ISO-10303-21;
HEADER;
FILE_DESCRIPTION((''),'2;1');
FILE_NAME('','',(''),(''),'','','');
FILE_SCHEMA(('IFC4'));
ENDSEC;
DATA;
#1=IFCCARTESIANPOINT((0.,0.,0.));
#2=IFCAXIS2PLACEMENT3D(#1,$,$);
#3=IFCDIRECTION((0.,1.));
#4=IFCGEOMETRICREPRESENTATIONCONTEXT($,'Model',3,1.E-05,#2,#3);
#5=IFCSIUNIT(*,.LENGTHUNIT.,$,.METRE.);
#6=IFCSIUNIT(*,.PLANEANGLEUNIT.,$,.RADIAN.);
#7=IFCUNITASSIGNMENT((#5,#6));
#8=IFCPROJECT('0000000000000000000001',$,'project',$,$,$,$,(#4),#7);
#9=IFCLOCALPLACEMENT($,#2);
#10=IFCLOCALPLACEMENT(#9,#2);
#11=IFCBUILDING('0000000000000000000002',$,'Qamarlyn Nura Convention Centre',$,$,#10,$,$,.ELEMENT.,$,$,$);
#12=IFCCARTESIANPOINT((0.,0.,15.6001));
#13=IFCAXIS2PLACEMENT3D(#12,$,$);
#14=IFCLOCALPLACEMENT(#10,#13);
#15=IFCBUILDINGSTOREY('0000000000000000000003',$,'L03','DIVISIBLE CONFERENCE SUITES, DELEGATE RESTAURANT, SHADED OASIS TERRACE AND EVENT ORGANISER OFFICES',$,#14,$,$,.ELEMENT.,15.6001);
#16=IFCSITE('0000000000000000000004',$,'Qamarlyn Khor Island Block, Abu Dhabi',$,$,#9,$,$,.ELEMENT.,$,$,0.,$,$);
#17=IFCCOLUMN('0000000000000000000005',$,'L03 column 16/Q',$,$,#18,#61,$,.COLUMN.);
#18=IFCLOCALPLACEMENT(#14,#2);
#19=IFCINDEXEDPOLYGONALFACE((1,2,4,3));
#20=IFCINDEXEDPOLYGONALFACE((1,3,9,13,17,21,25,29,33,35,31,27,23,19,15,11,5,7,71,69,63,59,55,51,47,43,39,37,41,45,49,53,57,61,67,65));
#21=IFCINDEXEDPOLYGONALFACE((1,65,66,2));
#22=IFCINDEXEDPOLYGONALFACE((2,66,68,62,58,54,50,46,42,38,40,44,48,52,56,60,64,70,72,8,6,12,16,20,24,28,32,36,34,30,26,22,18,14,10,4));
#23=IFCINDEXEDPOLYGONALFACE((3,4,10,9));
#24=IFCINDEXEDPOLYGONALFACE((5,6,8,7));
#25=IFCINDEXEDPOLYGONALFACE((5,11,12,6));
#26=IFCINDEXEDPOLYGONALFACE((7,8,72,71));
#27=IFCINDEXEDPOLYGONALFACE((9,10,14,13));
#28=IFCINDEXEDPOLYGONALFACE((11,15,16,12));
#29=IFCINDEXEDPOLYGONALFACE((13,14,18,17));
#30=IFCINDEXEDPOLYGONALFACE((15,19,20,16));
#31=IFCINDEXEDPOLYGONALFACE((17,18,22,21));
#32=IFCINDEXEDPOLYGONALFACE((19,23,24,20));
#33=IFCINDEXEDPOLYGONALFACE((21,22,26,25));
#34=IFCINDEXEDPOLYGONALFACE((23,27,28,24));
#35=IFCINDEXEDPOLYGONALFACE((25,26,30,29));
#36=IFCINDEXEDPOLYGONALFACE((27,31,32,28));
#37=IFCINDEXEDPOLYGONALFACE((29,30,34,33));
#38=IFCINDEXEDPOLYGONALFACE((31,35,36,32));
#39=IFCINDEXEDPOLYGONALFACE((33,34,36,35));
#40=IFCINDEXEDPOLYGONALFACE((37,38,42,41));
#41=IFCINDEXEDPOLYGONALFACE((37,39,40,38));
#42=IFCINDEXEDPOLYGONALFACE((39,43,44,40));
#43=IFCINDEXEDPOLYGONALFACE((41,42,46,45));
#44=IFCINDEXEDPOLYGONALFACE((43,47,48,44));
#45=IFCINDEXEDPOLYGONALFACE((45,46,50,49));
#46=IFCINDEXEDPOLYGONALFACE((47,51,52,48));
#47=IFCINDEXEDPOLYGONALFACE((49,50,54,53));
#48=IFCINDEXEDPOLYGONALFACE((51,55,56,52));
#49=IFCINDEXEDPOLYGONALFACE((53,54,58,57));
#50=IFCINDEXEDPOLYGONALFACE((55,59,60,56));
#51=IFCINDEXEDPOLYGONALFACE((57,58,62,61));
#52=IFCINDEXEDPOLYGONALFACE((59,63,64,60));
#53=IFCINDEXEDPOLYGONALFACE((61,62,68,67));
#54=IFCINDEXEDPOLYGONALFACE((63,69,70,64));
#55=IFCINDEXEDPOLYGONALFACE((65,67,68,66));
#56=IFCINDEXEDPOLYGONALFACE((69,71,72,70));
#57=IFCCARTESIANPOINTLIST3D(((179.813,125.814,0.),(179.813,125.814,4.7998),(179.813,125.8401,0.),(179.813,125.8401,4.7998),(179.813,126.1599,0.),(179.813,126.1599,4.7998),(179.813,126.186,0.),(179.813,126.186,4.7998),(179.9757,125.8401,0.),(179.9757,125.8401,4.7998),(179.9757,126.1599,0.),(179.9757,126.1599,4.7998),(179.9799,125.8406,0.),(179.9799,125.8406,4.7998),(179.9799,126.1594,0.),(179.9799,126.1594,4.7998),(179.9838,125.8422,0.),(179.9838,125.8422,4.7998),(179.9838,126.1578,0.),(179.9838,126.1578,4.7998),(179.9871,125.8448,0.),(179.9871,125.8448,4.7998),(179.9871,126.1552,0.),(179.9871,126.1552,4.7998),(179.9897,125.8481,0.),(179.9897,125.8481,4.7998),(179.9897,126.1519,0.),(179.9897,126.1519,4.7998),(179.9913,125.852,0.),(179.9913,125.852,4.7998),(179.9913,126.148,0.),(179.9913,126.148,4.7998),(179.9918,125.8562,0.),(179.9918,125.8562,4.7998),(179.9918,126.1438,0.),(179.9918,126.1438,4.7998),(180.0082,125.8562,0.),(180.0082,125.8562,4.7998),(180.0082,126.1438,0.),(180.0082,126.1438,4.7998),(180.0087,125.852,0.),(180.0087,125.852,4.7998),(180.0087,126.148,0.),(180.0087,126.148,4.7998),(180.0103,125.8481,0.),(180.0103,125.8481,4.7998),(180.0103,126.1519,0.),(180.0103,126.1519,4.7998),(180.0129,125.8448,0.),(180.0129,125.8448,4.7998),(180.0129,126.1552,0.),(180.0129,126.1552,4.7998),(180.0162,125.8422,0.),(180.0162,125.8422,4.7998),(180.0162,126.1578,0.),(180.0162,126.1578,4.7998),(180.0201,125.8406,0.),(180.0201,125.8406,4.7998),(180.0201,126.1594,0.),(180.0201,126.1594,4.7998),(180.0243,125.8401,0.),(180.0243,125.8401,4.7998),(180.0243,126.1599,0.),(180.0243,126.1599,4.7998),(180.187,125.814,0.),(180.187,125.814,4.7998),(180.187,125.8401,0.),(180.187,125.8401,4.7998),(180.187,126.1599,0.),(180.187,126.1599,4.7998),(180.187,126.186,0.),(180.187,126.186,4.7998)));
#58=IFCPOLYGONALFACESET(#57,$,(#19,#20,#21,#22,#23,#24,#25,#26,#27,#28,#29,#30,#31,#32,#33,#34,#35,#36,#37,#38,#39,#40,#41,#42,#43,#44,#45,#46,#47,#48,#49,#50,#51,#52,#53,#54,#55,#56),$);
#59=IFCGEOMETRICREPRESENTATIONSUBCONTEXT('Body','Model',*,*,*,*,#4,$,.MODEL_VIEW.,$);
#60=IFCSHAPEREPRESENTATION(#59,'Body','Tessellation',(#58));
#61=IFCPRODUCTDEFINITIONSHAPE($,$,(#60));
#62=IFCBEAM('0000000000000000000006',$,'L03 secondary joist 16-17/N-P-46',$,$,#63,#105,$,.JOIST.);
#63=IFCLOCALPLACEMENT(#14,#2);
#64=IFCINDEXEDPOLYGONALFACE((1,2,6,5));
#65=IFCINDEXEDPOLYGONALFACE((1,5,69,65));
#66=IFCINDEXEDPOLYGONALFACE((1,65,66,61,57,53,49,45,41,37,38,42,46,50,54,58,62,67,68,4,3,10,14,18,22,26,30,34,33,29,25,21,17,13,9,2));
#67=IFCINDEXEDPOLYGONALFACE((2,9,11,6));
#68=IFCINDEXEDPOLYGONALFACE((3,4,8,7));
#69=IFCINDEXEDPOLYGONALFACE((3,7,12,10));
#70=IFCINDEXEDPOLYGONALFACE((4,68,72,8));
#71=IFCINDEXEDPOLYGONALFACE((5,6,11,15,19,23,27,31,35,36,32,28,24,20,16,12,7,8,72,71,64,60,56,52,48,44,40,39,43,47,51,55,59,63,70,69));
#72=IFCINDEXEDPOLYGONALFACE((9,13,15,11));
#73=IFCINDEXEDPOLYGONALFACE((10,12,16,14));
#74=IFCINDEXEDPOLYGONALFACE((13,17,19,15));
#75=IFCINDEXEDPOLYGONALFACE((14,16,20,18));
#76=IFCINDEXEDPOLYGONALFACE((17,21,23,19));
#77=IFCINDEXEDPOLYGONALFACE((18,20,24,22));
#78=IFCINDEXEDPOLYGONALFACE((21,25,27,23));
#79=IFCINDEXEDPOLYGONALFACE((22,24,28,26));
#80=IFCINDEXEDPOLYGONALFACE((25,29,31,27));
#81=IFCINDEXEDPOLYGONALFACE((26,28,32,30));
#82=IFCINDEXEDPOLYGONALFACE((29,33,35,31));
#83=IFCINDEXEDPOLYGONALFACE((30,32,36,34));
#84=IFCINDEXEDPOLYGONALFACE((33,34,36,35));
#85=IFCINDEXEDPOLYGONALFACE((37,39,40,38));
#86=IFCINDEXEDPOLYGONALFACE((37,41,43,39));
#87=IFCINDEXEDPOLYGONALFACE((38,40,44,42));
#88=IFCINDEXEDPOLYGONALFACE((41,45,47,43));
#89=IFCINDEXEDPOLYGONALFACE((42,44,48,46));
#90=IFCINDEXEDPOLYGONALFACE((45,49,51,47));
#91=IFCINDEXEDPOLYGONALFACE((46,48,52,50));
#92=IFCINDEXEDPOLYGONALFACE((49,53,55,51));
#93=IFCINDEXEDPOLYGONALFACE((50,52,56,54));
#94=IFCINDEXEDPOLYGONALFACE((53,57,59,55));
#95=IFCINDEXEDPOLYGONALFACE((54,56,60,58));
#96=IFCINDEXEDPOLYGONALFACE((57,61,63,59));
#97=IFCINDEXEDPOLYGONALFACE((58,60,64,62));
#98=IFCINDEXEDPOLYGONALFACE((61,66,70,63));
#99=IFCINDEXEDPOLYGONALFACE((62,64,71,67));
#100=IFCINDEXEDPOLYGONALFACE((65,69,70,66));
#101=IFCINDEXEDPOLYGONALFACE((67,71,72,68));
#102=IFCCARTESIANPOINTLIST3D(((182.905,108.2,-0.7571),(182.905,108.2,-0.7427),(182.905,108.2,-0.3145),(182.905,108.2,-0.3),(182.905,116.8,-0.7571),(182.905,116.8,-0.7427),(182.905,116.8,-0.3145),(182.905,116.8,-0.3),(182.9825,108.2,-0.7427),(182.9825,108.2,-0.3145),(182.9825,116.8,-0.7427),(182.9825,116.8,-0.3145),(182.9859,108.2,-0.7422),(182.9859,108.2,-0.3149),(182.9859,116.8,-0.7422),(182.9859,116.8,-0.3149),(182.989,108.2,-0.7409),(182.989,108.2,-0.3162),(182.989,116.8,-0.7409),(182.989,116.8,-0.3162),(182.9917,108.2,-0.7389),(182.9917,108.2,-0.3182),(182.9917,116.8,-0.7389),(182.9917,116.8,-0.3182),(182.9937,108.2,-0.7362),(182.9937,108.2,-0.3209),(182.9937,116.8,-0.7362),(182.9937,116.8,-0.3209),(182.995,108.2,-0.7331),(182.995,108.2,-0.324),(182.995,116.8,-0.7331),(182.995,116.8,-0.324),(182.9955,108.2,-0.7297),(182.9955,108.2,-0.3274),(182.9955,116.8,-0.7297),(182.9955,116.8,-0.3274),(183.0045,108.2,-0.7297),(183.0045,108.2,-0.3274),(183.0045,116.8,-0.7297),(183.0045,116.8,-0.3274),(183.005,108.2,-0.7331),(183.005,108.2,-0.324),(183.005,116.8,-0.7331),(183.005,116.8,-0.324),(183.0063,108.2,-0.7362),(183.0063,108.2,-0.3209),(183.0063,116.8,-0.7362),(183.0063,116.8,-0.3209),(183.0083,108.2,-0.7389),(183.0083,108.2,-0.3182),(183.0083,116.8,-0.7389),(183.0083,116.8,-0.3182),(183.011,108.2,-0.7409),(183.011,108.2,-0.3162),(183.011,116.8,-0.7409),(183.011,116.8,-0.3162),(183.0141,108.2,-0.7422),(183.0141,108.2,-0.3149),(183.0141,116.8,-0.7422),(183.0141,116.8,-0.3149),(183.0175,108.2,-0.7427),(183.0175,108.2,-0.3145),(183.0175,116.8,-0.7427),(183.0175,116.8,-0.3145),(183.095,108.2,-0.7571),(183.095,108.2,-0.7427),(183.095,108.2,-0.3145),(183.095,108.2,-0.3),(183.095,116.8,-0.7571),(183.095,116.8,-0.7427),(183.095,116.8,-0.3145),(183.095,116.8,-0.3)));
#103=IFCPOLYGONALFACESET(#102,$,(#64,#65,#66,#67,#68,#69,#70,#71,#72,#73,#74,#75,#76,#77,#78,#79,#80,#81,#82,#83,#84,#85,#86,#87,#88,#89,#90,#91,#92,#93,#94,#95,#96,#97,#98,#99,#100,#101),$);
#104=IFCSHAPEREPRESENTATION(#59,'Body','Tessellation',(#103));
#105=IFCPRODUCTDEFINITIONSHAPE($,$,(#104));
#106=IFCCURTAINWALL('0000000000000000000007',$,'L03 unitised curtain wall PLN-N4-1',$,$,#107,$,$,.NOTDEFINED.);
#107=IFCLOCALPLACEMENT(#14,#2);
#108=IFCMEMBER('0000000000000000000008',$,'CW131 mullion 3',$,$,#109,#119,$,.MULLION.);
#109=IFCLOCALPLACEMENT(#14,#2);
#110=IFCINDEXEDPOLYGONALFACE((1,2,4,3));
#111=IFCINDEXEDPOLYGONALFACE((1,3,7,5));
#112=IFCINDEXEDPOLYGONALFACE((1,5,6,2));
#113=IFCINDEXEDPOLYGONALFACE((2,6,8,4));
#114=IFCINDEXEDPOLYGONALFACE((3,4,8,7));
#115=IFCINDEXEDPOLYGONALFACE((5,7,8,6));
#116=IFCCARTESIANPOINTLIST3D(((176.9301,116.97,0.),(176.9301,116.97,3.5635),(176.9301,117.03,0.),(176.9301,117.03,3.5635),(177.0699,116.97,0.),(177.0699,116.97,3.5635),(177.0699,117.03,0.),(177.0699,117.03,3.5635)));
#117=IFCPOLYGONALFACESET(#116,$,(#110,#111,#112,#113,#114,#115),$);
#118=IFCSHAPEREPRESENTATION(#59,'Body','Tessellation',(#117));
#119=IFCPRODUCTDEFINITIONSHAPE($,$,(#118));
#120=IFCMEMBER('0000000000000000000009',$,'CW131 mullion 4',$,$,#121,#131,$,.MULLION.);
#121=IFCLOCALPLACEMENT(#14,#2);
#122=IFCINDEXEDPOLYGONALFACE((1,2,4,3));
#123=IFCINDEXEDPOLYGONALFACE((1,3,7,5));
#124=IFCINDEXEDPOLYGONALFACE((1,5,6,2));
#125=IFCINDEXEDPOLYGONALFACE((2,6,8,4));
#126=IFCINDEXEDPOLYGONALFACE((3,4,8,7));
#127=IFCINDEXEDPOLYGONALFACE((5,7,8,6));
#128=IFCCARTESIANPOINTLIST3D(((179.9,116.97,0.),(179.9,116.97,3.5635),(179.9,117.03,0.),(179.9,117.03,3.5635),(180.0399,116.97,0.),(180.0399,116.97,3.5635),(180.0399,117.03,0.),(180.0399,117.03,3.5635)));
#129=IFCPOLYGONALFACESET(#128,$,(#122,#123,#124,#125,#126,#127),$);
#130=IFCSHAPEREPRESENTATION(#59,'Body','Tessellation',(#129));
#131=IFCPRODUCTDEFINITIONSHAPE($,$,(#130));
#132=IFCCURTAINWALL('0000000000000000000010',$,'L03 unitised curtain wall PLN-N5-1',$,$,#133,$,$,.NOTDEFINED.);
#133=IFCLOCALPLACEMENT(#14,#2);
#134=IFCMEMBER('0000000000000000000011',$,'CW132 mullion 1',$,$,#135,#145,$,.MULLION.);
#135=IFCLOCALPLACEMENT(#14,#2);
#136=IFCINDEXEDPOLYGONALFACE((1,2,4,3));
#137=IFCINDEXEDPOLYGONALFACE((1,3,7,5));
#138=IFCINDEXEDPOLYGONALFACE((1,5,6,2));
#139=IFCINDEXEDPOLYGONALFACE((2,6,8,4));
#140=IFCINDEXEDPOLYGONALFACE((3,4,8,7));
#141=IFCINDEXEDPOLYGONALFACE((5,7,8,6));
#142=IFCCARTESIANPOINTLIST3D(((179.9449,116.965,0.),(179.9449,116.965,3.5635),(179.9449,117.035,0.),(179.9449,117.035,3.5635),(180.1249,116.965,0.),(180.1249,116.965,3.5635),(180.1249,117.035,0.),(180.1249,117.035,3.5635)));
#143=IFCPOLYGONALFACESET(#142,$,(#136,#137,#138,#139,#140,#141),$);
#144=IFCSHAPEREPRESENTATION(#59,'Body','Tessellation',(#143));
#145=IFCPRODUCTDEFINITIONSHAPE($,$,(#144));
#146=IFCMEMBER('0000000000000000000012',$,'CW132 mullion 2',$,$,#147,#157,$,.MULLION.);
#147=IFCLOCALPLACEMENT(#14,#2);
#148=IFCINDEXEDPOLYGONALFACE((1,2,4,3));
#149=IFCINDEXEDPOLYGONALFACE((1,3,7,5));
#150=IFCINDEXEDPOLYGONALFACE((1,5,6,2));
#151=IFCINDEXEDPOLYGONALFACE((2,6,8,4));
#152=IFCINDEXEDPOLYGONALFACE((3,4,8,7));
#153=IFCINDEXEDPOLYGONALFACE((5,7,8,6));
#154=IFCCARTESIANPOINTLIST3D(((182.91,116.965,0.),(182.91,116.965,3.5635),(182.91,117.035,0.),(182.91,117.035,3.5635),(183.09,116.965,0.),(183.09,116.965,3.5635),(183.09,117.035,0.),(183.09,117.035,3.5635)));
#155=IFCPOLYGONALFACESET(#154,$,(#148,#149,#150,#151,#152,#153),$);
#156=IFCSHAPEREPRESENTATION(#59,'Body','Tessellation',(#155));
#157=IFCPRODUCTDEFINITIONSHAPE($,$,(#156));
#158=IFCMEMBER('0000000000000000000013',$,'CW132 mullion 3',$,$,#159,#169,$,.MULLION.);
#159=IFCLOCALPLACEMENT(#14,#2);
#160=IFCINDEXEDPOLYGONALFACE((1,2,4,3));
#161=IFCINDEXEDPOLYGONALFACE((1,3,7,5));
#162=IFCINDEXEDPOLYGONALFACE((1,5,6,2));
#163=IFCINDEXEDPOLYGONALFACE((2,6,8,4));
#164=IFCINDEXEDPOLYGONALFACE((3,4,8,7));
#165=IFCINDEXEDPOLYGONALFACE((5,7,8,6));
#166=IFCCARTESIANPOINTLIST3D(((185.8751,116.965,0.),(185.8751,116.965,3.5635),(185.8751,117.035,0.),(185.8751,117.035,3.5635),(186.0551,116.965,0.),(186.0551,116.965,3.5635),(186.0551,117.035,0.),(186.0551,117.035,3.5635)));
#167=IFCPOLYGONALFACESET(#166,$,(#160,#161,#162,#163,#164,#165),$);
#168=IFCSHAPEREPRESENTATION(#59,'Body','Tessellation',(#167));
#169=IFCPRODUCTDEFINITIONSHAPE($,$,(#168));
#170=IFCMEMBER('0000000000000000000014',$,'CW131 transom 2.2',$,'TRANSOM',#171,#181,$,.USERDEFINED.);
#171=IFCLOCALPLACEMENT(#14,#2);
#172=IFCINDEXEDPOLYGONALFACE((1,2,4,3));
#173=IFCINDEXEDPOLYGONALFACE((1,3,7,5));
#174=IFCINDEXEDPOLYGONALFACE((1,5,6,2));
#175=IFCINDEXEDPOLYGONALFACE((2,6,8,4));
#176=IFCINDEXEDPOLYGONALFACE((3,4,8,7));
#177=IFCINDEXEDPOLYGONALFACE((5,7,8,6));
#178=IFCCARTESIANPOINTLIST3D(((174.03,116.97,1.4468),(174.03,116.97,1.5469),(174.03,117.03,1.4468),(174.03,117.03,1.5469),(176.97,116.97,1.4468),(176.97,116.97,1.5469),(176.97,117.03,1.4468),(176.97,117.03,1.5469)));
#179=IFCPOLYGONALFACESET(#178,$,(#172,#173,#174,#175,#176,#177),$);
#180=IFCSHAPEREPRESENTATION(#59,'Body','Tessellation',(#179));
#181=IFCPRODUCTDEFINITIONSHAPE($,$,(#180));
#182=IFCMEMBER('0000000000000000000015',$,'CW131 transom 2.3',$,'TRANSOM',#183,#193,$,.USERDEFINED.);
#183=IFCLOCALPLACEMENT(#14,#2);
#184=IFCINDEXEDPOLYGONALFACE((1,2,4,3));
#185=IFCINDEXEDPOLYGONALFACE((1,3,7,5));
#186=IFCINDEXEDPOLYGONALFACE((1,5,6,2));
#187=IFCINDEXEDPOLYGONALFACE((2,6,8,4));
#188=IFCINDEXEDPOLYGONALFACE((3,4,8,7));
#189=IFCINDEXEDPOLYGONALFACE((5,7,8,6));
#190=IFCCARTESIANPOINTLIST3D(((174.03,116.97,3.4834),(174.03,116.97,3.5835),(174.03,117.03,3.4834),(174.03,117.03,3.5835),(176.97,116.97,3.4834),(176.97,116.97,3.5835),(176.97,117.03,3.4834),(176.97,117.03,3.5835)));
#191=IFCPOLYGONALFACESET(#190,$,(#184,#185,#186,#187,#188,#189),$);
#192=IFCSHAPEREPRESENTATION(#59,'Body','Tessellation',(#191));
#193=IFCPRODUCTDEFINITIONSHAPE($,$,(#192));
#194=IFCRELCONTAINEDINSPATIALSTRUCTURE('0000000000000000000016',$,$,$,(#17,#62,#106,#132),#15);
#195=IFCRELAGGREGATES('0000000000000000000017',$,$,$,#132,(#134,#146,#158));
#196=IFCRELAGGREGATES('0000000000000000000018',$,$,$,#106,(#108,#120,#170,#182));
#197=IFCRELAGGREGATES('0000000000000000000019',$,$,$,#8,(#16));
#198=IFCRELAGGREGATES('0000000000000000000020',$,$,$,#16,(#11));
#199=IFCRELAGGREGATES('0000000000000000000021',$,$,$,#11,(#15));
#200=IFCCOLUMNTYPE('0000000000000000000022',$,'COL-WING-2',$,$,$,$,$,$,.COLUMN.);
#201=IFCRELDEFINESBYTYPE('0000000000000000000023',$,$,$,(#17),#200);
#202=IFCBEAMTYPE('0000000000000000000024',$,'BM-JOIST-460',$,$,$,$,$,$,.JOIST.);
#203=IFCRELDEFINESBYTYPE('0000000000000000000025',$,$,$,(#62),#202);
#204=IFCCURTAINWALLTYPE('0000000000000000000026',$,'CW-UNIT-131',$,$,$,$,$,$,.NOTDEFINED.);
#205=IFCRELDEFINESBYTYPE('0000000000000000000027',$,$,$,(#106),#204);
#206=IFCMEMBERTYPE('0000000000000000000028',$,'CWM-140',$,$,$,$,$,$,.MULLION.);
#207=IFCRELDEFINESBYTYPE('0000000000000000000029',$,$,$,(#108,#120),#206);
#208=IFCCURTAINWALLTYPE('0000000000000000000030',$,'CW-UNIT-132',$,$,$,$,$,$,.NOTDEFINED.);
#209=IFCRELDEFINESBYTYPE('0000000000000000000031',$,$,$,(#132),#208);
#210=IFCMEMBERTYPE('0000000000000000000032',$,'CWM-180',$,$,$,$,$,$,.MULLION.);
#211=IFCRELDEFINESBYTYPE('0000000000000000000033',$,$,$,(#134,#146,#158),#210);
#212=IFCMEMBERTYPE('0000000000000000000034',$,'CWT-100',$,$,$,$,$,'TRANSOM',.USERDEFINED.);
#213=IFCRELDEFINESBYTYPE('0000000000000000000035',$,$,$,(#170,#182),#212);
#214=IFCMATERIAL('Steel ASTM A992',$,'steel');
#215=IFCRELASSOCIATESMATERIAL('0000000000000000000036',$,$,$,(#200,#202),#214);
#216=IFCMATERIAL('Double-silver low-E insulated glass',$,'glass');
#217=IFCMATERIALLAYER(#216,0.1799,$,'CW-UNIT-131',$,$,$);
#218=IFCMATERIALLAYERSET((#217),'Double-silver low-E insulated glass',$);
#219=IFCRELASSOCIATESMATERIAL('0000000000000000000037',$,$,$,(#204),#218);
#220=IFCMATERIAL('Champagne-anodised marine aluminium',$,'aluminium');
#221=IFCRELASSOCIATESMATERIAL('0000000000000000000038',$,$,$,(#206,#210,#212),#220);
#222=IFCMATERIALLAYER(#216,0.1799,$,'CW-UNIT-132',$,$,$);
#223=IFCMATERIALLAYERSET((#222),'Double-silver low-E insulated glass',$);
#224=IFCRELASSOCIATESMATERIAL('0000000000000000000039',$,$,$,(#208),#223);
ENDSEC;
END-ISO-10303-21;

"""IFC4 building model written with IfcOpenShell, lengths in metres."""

from ifc_helpers import new_model, si_unit, direction, frame, origin, origin_2d, place, context, subcontext, project, spatial, rectangle, i_section, extrude, material, layer, layer_set, material_profile, profile_set, type_object, element, aggregate, save


model = new_model("IFC4")

# Units and contexts
model_context = context("Model", 3, precision=1e-05, world=origin(), true_north=direction((0.0, 1.0)))
body_context = subcontext(model_context, "Body", "Model", "MODEL_VIEW")
ifc_project = project(units=[si_unit("LENGTHUNIT", "METRE"), si_unit("PLANEANGLEUNIT", "RADIAN")], contexts=[model_context])

# Site, building, storey
site_placement = place(None, origin())
site = spatial("IfcSite", under=ifc_project, at=site_placement, Name="Qamarlyn Khor Island Block, Abu Dhabi", CompositionType="ELEMENT", RefElevation=0.0)
building_placement = place(site_placement, origin())
building = spatial("IfcBuilding", under=site, at=building_placement, Name="Qamarlyn Nura Convention Centre", CompositionType="ELEMENT")
storey_placement = place(building_placement, frame((0.0, 0.0, 15.6001)))
storey = spatial("IfcBuildingStorey", under=building, at=storey_placement, Name="L03", Description="DIVISIBLE CONFERENCE SUITES, DELEGATE RESTAURANT, SHADED OASIS TERRACE AND EVENT ORGANISER OFFICES", CompositionType="ELEMENT", Elevation=15.6001)

# Column
ifc_material_1 = material(Name="Steel ASTM A992", Category="steel")
ifc_material_profile_1 = material_profile(ifc_material_1, i_section(OverallWidth=0.374, OverallDepth=0.3721, WebThickness=0.0164, FlangeThickness=0.0261, FilletRadius=0.0161, at=origin_2d()), Name="W360X196")
ifc_profile_set_1 = profile_set([ifc_material_profile_1], Name="Steel ASTM A992")
column_type = type_object("IfcColumnType", Name="COL-WING-2", PredefinedType="COLUMN", material=ifc_profile_set_1)
column_placement = place(storey_placement, frame((180.0, 126.0, 0.0), z_axis=(0.0, 0.0, 1.0), x_axis=(1.0, 0.0, 0.0)))
element("IfcColumn", 1, at=column_placement, inside=storey, type_object=column_type, Name="L03 column 16/Q", PredefinedType="COLUMN", context=body_context, shape_type="SweptSolid", body=[
    extrude(i_section(OverallWidth=0.374, OverallDepth=0.3721, WebThickness=0.0164, FlangeThickness=0.0261, FilletRadius=0.0161, at=origin_2d()), origin(), (0.0, 0.0, 1.0), 4.7998),
])

# Beam
ifc_material_profile_2 = material_profile(ifc_material_1, i_section(OverallWidth=0.1899, OverallDepth=0.457, WebThickness=0.009, FlangeThickness=0.0144, FilletRadius=0.0129, at=origin_2d()), Name="W460X74")
ifc_profile_set_2 = profile_set([ifc_material_profile_2], Name="Steel ASTM A992")
beam_type = type_object("IfcBeamType", Name="BM-JOIST-460", PredefinedType="JOIST", material=ifc_profile_set_2)
beam_placement = place(storey_placement, frame((183.0, 108.2, -0.5286), z_axis=(0.0, 1.0, 0.0), x_axis=(-1.0, 0.0, 0.0)))
element("IfcBeam", 2, at=beam_placement, inside=storey, type_object=beam_type, Name="L03 secondary joist 16-17/N-P-46", PredefinedType="JOIST", context=body_context, shape_type="SweptSolid", body=[
    extrude(i_section(OverallWidth=0.1899, OverallDepth=0.457, WebThickness=0.009, FlangeThickness=0.0144, FilletRadius=0.0129, at=origin_2d()), origin(), (0.0, 0.0, 1.0), 8.6001),
])

# Curtain walls, members
ifc_material_2 = material(Name="Double-silver low-E insulated glass", Category="glass")
ifc_layer_1 = layer(ifc_material_2, 0.1799, Name="CW-UNIT-131")
ifc_layer_set_1 = layer_set([ifc_layer_1], Name="Double-silver low-E insulated glass")
curtain_wall_type_1 = type_object("IfcCurtainWallType", Name="CW-UNIT-131", PredefinedType="NOTDEFINED", material=ifc_layer_set_1)
curtain_wall_1_placement = place(storey_placement, origin())
curtain_wall_1 = element("IfcCurtainWall", 3, at=curtain_wall_1_placement, inside=storey, type_object=curtain_wall_type_1, Name="L03 unitised curtain wall PLN-N4-1", PredefinedType="NOTDEFINED")
ifc_material_3 = material(Name="Champagne-anodised marine aluminium", Category="aluminium")
ifc_material_profile_3 = material_profile(ifc_material_3, rectangle(XDim=0.0601, YDim=0.1399, at=origin_2d()), Name="ALU MULLION 60x140")
ifc_profile_set_3 = profile_set([ifc_material_profile_3], Name="Champagne-anodised marine aluminium")
member_type_1 = type_object("IfcMemberType", Name="CWM-140", PredefinedType="MULLION", material=ifc_profile_set_3)
member_1_placement = place(storey_placement, frame((177.0, 117.0, 0.0), z_axis=(0.0, 0.0, 1.0), x_axis=(0.0, 1.0, 0.0)))
member_1 = element("IfcMember", 4, at=member_1_placement, type_object=member_type_1, Name="CW131 mullion 3", PredefinedType="MULLION", context=body_context, shape_type="SweptSolid", body=[
    extrude(rectangle(XDim=0.0601, YDim=0.1399, at=origin_2d()), origin(), (0.0, 0.0, 1.0), 3.5635),
])
member_2_placement = place(storey_placement, frame((179.97, 117.0, 0.0), z_axis=(0.0, 0.0, 1.0), x_axis=(0.0, 1.0, 0.0)))
member_2 = element("IfcMember", 5, at=member_2_placement, type_object=member_type_1, Name="CW131 mullion 4", PredefinedType="MULLION", context=body_context, shape_type="SweptSolid", body=[
    extrude(rectangle(XDim=0.0601, YDim=0.1399, at=origin_2d()), origin(), (0.0, 0.0, 1.0), 3.5635),
])
ifc_layer_2 = layer(ifc_material_2, 0.1799, Name="CW-UNIT-132")
ifc_layer_set_2 = layer_set([ifc_layer_2], Name="Double-silver low-E insulated glass")
curtain_wall_type_2 = type_object("IfcCurtainWallType", Name="CW-UNIT-132", PredefinedType="NOTDEFINED", material=ifc_layer_set_2)
curtain_wall_2_placement = place(storey_placement, origin())
curtain_wall_2 = element("IfcCurtainWall", 6, at=curtain_wall_2_placement, inside=storey, type_object=curtain_wall_type_2, Name="L03 unitised curtain wall PLN-N5-1", PredefinedType="NOTDEFINED")
ifc_material_profile_4 = material_profile(ifc_material_3, rectangle(XDim=0.0701, YDim=0.1799, at=origin_2d()), Name="ALU MULLION 70x180")
ifc_profile_set_4 = profile_set([ifc_material_profile_4], Name="Champagne-anodised marine aluminium")
member_type_2 = type_object("IfcMemberType", Name="CWM-180", PredefinedType="MULLION", material=ifc_profile_set_4)
member_3_placement = place(storey_placement, frame((180.0349, 117.0, 0.0), z_axis=(0.0, 0.0, 1.0), x_axis=(0.0, 1.0, 0.0)))
member_3 = element("IfcMember", 7, at=member_3_placement, type_object=member_type_2, Name="CW132 mullion 1", PredefinedType="MULLION", context=body_context, shape_type="SweptSolid", body=[
    extrude(rectangle(XDim=0.0701, YDim=0.1799, at=origin_2d()), origin(), (0.0, 0.0, 1.0), 3.5635),
])
member_4_placement = place(storey_placement, frame((183.0, 117.0, 0.0), z_axis=(0.0, 0.0, 1.0), x_axis=(0.0, 1.0, 0.0)))
member_4 = element("IfcMember", 8, at=member_4_placement, type_object=member_type_2, Name="CW132 mullion 2", PredefinedType="MULLION", context=body_context, shape_type="SweptSolid", body=[
    extrude(rectangle(XDim=0.0701, YDim=0.1799, at=origin_2d()), origin(), (0.0, 0.0, 1.0), 3.5635),
])
member_5_placement = place(storey_placement, frame((185.9651, 117.0, 0.0), z_axis=(0.0, 0.0, 1.0), x_axis=(0.0, 1.0, 0.0)))
member_5 = element("IfcMember", 9, at=member_5_placement, type_object=member_type_2, Name="CW132 mullion 3", PredefinedType="MULLION", context=body_context, shape_type="SweptSolid", body=[
    extrude(rectangle(XDim=0.0701, YDim=0.1799, at=origin_2d()), origin(), (0.0, 0.0, 1.0), 3.5635),
])

# Members
ifc_material_profile_5 = material_profile(ifc_material_3, rectangle(XDim=0.0601, YDim=0.1001, at=origin_2d()), Name="ALU TRANSOM 60x100")
ifc_profile_set_5 = profile_set([ifc_material_profile_5], Name="Champagne-anodised marine aluminium")
member_type_3 = type_object("IfcMemberType", Name="CWT-100", ElementType="TRANSOM", PredefinedType="USERDEFINED", material=ifc_profile_set_5)
member_6_placement = place(storey_placement, frame((174.03, 117.0, 1.4968), z_axis=(1.0, 0.0, 0.0), x_axis=(0.0, 1.0, 0.0)))
member_6 = element("IfcMember", 10, at=member_6_placement, type_object=member_type_3, Name="CW131 transom 2.2", ObjectType="TRANSOM", PredefinedType="USERDEFINED", context=body_context, shape_type="SweptSolid", body=[
    extrude(rectangle(XDim=0.0601, YDim=0.1001, at=origin_2d()), origin(), (0.0, 0.0, 1.0), 2.9399),
])
member_7_placement = place(storey_placement, frame((174.03, 117.0, 3.5334), z_axis=(1.0, 0.0, 0.0), x_axis=(0.0, 1.0, 0.0)))
member_7 = element("IfcMember", 11, at=member_7_placement, type_object=member_type_3, Name="CW131 transom 2.3", ObjectType="TRANSOM", PredefinedType="USERDEFINED", context=body_context, shape_type="SweptSolid", body=[
    extrude(rectangle(XDim=0.0601, YDim=0.1001, at=origin_2d()), origin(), (0.0, 0.0, 1.0), 2.9399),
])

aggregate(curtain_wall_2, [member_3, member_4, member_5])
aggregate(curtain_wall_1, [member_1, member_2, member_6, member_7])

save(model, "model.ifc")
